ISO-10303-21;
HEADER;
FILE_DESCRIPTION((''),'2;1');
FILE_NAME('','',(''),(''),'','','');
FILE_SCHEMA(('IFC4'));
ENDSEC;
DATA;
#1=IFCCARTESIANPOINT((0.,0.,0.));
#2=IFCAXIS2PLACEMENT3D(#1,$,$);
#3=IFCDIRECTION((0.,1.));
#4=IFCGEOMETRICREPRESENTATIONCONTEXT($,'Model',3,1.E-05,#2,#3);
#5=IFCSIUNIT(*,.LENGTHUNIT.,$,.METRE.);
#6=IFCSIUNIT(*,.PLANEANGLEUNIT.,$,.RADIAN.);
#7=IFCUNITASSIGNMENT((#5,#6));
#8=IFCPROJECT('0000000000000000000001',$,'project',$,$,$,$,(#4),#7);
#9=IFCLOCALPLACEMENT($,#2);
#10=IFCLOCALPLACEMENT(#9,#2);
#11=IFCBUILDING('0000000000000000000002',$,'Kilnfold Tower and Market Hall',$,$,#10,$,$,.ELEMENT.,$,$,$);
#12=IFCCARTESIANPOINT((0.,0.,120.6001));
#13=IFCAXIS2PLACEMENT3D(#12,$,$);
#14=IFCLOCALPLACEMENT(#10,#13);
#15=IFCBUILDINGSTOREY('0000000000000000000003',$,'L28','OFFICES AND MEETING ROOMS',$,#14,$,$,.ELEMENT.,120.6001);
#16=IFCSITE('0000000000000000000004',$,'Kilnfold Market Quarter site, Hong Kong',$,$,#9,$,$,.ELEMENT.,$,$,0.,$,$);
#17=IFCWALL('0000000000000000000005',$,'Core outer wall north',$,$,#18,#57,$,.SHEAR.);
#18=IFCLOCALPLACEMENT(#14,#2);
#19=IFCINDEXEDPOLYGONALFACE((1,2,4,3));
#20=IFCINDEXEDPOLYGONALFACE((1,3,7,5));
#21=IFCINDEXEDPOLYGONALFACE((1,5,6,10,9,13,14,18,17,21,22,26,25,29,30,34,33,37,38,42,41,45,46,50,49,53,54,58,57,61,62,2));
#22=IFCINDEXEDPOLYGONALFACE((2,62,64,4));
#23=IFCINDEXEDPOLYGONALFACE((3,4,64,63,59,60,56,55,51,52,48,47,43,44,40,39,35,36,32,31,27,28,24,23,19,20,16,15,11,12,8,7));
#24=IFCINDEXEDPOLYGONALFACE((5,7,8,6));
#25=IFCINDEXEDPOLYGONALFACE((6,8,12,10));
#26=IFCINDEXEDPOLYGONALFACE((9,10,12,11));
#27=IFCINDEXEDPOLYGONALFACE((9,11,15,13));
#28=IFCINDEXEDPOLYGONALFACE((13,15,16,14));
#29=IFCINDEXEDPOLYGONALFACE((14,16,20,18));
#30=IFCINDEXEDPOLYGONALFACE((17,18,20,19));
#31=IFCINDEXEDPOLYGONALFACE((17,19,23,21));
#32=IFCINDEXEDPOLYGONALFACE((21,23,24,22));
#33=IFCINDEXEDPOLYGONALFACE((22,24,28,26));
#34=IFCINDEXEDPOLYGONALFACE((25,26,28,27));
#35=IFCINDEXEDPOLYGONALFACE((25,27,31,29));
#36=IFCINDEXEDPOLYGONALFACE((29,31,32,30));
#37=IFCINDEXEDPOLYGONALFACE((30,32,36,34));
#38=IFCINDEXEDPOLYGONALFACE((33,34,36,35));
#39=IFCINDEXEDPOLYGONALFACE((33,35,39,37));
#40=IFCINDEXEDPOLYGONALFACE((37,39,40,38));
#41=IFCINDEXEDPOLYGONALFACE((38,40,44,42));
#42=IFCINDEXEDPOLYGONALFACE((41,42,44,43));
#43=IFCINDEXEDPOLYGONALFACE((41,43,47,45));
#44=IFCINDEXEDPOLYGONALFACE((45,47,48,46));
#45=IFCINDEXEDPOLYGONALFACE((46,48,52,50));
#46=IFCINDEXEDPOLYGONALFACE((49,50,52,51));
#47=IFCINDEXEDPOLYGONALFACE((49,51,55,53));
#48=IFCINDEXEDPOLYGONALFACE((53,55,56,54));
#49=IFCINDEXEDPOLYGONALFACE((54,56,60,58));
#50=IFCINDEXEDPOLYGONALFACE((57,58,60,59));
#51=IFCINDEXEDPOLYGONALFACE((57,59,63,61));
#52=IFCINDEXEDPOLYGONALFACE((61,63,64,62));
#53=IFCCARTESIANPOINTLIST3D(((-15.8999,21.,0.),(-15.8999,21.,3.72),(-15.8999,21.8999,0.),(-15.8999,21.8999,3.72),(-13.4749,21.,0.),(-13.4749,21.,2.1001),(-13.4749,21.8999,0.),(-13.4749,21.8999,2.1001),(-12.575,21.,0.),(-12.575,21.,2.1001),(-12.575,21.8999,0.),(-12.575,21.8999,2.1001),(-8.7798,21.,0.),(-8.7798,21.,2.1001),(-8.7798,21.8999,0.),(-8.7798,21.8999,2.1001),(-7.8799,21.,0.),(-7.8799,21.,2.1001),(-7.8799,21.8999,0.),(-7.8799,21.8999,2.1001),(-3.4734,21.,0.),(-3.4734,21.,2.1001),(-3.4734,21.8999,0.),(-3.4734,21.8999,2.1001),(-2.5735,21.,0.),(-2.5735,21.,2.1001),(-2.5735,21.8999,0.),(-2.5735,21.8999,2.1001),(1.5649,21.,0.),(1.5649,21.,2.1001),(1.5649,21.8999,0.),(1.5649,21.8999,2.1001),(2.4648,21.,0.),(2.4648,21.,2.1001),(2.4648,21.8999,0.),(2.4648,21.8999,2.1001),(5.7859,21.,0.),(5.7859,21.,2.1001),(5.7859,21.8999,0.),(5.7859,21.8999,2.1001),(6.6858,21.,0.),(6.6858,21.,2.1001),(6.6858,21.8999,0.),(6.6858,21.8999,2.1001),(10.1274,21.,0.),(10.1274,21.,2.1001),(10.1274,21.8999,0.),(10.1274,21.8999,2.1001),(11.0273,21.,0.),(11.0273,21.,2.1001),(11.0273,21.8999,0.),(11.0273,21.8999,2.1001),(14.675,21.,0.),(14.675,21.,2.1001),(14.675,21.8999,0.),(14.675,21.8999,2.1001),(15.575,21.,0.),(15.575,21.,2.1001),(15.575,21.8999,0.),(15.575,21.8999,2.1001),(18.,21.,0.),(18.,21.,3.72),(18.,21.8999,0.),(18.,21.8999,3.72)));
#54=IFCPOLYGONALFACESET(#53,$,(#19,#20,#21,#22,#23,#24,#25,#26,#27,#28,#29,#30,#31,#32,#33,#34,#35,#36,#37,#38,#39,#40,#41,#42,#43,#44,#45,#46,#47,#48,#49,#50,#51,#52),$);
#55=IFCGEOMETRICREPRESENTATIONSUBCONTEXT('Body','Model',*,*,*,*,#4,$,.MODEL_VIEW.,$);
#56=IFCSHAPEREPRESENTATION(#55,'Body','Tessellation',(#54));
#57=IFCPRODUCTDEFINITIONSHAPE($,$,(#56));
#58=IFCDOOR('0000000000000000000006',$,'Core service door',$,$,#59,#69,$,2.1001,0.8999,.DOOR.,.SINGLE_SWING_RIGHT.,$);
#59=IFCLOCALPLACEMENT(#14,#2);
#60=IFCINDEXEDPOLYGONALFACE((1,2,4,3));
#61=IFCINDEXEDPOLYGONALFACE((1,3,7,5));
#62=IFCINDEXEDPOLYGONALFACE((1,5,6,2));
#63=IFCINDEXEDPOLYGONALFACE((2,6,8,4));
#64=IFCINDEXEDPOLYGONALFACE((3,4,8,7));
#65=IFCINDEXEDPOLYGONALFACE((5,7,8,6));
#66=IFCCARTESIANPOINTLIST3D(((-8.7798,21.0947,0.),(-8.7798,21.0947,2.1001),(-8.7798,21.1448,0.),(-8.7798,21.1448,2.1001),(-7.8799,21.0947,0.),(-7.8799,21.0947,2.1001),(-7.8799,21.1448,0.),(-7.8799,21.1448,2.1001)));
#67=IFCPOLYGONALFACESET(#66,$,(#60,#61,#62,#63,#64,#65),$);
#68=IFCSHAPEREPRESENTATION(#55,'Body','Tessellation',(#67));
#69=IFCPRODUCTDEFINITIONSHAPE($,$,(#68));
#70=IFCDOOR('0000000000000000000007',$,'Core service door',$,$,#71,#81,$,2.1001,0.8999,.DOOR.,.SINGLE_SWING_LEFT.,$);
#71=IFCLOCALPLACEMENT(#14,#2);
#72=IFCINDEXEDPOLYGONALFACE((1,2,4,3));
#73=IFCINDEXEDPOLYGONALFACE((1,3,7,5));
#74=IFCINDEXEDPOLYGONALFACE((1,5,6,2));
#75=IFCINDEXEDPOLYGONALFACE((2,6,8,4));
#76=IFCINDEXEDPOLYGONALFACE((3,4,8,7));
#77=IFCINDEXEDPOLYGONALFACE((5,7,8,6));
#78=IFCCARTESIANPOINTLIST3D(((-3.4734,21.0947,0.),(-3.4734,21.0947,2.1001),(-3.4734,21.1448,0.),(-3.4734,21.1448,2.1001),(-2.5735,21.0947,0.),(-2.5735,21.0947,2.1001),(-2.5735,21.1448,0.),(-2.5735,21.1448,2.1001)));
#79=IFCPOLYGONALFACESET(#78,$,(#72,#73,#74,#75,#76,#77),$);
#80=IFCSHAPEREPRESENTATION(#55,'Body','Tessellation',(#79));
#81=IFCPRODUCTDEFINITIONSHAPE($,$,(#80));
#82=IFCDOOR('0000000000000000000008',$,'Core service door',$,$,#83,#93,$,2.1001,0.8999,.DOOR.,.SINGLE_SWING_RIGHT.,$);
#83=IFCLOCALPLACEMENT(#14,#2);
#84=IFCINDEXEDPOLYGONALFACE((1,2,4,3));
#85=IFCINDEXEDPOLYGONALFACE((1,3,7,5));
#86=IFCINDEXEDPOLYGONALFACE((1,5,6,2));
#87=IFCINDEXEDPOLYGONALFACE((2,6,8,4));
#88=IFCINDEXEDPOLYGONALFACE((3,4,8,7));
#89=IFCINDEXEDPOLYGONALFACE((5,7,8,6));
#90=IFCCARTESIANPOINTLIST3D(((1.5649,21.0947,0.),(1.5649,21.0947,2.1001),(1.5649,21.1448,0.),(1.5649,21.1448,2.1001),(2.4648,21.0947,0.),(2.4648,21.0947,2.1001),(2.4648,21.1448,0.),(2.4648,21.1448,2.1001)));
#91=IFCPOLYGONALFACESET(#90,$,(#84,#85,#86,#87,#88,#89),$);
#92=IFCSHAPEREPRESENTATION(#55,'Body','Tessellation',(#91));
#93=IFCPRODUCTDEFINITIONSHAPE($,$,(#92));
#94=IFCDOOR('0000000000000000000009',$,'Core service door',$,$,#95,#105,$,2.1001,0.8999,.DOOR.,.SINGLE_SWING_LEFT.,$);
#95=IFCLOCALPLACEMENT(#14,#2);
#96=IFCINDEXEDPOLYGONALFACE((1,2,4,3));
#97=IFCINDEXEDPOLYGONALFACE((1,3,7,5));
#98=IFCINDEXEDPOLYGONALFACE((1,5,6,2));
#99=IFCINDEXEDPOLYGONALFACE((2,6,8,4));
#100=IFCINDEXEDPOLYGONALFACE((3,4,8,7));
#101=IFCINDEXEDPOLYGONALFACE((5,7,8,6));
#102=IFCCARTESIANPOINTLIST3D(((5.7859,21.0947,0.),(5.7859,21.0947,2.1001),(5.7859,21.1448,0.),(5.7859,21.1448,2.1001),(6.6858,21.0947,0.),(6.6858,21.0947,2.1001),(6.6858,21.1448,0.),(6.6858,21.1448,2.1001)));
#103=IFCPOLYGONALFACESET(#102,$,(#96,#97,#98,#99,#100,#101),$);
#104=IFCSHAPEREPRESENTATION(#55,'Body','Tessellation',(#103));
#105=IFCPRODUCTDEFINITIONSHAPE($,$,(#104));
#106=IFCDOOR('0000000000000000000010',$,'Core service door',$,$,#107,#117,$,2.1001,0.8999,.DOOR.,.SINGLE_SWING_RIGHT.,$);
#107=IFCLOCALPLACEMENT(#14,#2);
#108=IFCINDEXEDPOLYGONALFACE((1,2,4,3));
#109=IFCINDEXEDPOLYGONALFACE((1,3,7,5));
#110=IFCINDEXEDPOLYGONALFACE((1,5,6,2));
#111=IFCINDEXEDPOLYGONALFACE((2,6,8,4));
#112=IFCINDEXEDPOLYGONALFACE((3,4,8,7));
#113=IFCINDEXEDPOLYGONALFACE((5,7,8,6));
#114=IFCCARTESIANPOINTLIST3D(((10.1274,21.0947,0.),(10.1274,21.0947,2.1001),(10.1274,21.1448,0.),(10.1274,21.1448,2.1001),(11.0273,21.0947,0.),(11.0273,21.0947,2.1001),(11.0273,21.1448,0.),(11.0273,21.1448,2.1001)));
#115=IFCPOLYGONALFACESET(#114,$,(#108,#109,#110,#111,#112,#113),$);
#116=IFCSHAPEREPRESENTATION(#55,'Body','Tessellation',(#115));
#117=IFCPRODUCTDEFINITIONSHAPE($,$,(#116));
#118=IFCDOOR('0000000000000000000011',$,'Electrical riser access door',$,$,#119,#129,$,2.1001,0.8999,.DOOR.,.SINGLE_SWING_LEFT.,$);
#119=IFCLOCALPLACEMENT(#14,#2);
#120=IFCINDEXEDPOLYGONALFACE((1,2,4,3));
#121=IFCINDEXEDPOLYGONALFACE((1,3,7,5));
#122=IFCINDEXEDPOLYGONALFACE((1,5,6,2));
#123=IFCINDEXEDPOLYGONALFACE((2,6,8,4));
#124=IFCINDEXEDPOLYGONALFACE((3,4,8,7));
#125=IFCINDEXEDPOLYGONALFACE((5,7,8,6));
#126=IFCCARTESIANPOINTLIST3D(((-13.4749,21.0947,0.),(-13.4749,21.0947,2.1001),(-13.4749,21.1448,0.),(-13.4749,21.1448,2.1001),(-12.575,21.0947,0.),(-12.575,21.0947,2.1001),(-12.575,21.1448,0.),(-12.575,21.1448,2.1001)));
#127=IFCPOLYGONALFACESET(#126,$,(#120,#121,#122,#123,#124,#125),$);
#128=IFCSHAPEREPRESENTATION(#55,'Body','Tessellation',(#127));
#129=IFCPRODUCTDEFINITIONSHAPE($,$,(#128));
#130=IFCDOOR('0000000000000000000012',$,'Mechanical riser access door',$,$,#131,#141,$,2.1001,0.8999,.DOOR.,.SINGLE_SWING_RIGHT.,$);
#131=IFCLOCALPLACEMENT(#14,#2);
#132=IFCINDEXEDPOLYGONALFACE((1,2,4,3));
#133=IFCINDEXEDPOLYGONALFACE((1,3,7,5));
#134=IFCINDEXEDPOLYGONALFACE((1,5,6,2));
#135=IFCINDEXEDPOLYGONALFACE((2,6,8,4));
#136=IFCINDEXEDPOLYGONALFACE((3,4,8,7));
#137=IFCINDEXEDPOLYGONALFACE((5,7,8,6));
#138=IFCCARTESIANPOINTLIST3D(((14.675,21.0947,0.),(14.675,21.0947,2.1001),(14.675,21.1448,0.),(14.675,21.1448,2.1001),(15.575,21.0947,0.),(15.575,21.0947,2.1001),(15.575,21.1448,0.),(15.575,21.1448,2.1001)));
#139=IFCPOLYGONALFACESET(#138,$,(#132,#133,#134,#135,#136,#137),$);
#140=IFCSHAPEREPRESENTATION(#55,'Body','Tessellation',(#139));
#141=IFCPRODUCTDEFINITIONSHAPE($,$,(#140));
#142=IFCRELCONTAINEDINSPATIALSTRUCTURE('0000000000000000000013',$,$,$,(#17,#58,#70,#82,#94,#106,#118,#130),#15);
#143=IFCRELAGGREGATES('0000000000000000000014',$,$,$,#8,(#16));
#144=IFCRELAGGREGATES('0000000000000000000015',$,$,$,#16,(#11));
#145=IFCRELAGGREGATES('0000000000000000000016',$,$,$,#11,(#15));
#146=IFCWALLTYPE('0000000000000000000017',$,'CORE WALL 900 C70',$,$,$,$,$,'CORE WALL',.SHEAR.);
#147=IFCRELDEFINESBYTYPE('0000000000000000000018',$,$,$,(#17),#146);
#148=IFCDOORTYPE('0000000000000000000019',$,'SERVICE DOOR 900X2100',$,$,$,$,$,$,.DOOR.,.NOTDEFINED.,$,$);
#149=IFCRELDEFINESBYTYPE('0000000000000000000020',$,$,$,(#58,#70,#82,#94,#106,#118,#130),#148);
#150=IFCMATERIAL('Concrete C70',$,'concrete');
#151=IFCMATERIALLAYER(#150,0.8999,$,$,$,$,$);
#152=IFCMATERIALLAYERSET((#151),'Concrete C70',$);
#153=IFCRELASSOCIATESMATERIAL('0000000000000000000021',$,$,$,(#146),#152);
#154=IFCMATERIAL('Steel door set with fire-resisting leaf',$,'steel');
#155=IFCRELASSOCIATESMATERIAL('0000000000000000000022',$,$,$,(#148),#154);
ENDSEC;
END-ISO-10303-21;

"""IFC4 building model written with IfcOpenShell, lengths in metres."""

from ifc_helpers import new_model, si_unit, direction, frame, frame_2d, origin, place, context, subcontext, project, spatial, rectangle, extrude, source, transform, mapped, material, layer, layer_set, type_object, element, fill, save


model = new_model("IFC4")

# Units and contexts
model_context = context("Model", 3, precision=1e-05, world=origin(), true_north=direction((0.0, 1.0)))
body_context = subcontext(model_context, "Body", "Model", "MODEL_VIEW")
ifc_project = project(units=[si_unit("LENGTHUNIT", "METRE"), si_unit("PLANEANGLEUNIT", "RADIAN")], contexts=[model_context])

# Site, building, storey
site_placement = place(None, origin())
site = spatial("IfcSite", under=ifc_project, at=site_placement, Name="Kilnfold Market Quarter site, Hong Kong", CompositionType="ELEMENT", RefElevation=0.0)
building_placement = place(site_placement, origin())
building = spatial("IfcBuilding", under=site, at=building_placement, Name="Kilnfold Tower and Market Hall", CompositionType="ELEMENT")
storey_placement = place(building_placement, frame((0.0, 0.0, 120.6001)))
storey = spatial("IfcBuildingStorey", under=building, at=storey_placement, Name="L28", Description="OFFICES AND MEETING ROOMS", CompositionType="ELEMENT", Elevation=120.6001)

# Wall, openings, doors
ifc_material_1 = material(Name="Concrete C70", Category="concrete")
ifc_layer_1 = layer(ifc_material_1, 0.8999)
ifc_layer_set_1 = layer_set([ifc_layer_1], Name="Concrete C70")
wall_type_1 = type_object("IfcWallType", Name="CORE WALL 900 C70", ElementType="CORE WALL", PredefinedType="SHEAR", material=ifc_layer_set_1)
shared_shape_1 = source(origin(), body_context, "Body", "SweptSolid", [
    extrude(rectangle(XDim=33.8999, YDim=0.8999, at=frame_2d((16.95, 0.0))), origin(), (0.0, 0.0, 1.0), 3.72),
])
wall_1_placement = place(storey_placement, frame((-15.8999, 21.45, 0.0), z_axis=(0.0, 0.0, 1.0), x_axis=(1.0, 0.0, 0.0)))
wall_1 = element("IfcWall", 1, at=wall_1_placement, inside=storey, type_object=wall_type_1, Name="Core outer wall north", PredefinedType="SHEAR", context=body_context, shape_type="MappedRepresentation", body=[
    mapped(shared_shape_1, transform((0.0, 0.0, 0.0))),
])
opening_1_placement = place(wall_1_placement, frame((7.1201, 0.0, 0.0)))
opening_1 = element("IfcOpeningElement", 2, at=opening_1_placement, cuts=wall_1, PredefinedType="OPENING", context=body_context, shape_type="SweptSolid", body=[
    extrude(rectangle(XDim=0.8999, YDim=2.1001, at=frame_2d((0.45, 1.05))), frame((0.0, 0.46, 0.0), z_axis=(0.0, -1.0, 0.0), x_axis=(1.0, 0.0, 0.0)), (0.0, 0.0, 1.0), 0.9199),
])
opening_2_placement = place(wall_1_placement, frame((12.4265, 0.0, 0.0)))
opening_2 = element("IfcOpeningElement", 3, at=opening_2_placement, cuts=wall_1, PredefinedType="OPENING", context=body_context, shape_type="SweptSolid", body=[
    extrude(rectangle(XDim=0.8999, YDim=2.1001, at=frame_2d((0.45, 1.05))), frame((0.0, 0.46, 0.0), z_axis=(0.0, -1.0, 0.0), x_axis=(1.0, 0.0, 0.0)), (0.0, 0.0, 1.0), 0.9199),
])
opening_3_placement = place(wall_1_placement, frame((17.4648, 0.0, 0.0)))
opening_3 = element("IfcOpeningElement", 4, at=opening_3_placement, cuts=wall_1, PredefinedType="OPENING", context=body_context, shape_type="SweptSolid", body=[
    extrude(rectangle(XDim=0.8999, YDim=2.1001, at=frame_2d((0.45, 1.05))), frame((0.0, 0.46, 0.0), z_axis=(0.0, -1.0, 0.0), x_axis=(1.0, 0.0, 0.0)), (0.0, 0.0, 1.0), 0.9199),
])
opening_4_placement = place(wall_1_placement, frame((21.6858, 0.0, 0.0)))
opening_4 = element("IfcOpeningElement", 5, at=opening_4_placement, cuts=wall_1, PredefinedType="OPENING", context=body_context, shape_type="SweptSolid", body=[
    extrude(rectangle(XDim=0.8999, YDim=2.1001, at=frame_2d((0.45, 1.05))), frame((0.0, 0.46, 0.0), z_axis=(0.0, -1.0, 0.0), x_axis=(1.0, 0.0, 0.0)), (0.0, 0.0, 1.0), 0.9199),
])
opening_5_placement = place(wall_1_placement, frame((26.0273, 0.0, 0.0)))
opening_5 = element("IfcOpeningElement", 6, at=opening_5_placement, cuts=wall_1, PredefinedType="OPENING", context=body_context, shape_type="SweptSolid", body=[
    extrude(rectangle(XDim=0.8999, YDim=2.1001, at=frame_2d((0.45, 1.05))), frame((0.0, 0.46, 0.0), z_axis=(0.0, -1.0, 0.0), x_axis=(1.0, 0.0, 0.0)), (0.0, 0.0, 1.0), 0.9199),
])
opening_6_placement = place(wall_1_placement, frame((2.425, 0.0, 0.0)))
opening_6 = element("IfcOpeningElement", 7, at=opening_6_placement, cuts=wall_1, PredefinedType="OPENING", context=body_context, shape_type="SweptSolid", body=[
    extrude(rectangle(XDim=0.8999, YDim=2.1001, at=frame_2d((0.45, 1.05))), frame((0.0, 0.46, 0.0), z_axis=(0.0, -1.0, 0.0), x_axis=(1.0, 0.0, 0.0)), (0.0, 0.0, 1.0), 0.9199),
])
opening_7_placement = place(wall_1_placement, frame((30.575, 0.0, 0.0)))
opening_7 = element("IfcOpeningElement", 8, at=opening_7_placement, cuts=wall_1, PredefinedType="OPENING", context=body_context, shape_type="SweptSolid", body=[
    extrude(rectangle(XDim=0.8999, YDim=2.1001, at=frame_2d((0.45, 1.05))), frame((0.0, 0.46, 0.0), z_axis=(0.0, -1.0, 0.0), x_axis=(1.0, 0.0, 0.0)), (0.0, 0.0, 1.0), 0.9199),
])
ifc_material_2 = material(Name="Steel door set with fire-resisting leaf", Category="steel")
door_type_1 = type_object("IfcDoorType", Name="SERVICE DOOR 900X2100", OperationType="NOTDEFINED", PredefinedType="DOOR", material=ifc_material_2)
door_1_placement = place(opening_1_placement, origin())
door_1 = element("IfcDoor", 9, at=door_1_placement, inside=storey, type_object=door_type_1, Name="Core service door", OperationType="SINGLE_SWING_RIGHT", OverallHeight=2.1001, OverallWidth=0.8999, PredefinedType="DOOR", context=body_context, shape_type="SweptSolid", body=[
    extrude(rectangle(XDim=0.8999, YDim=2.1001, at=frame_2d((0.45, 1.05))), frame((0.0, -0.3052, 0.0), z_axis=(0.0, -1.0, 0.0), x_axis=(1.0, 0.0, 0.0)), (0.0, 0.0, 1.0), 0.05),
])
fill(opening_1, door_1)
door_2_placement = place(opening_2_placement, origin())
door_2 = element("IfcDoor", 10, at=door_2_placement, inside=storey, type_object=door_type_1, Name="Core service door", OperationType="SINGLE_SWING_LEFT", OverallHeight=2.1001, OverallWidth=0.8999, PredefinedType="DOOR", context=body_context, shape_type="SweptSolid", body=[
    extrude(rectangle(XDim=0.8999, YDim=2.1001, at=frame_2d((0.45, 1.05))), frame((0.0, -0.3052, 0.0), z_axis=(0.0, -1.0, 0.0), x_axis=(1.0, 0.0, 0.0)), (0.0, 0.0, 1.0), 0.05),
])
fill(opening_2, door_2)
door_3_placement = place(opening_3_placement, origin())
door_3 = element("IfcDoor", 11, at=door_3_placement, inside=storey, type_object=door_type_1, Name="Core service door", OperationType="SINGLE_SWING_RIGHT", OverallHeight=2.1001, OverallWidth=0.8999, PredefinedType="DOOR", context=body_context, shape_type="SweptSolid", body=[
    extrude(rectangle(XDim=0.8999, YDim=2.1001, at=frame_2d((0.45, 1.05))), frame((0.0, -0.3052, 0.0), z_axis=(0.0, -1.0, 0.0), x_axis=(1.0, 0.0, 0.0)), (0.0, 0.0, 1.0), 0.05),
])
fill(opening_3, door_3)
door_4_placement = place(opening_4_placement, origin())
door_4 = element("IfcDoor", 12, at=door_4_placement, inside=storey, type_object=door_type_1, Name="Core service door", OperationType="SINGLE_SWING_LEFT", OverallHeight=2.1001, OverallWidth=0.8999, PredefinedType="DOOR", context=body_context, shape_type="SweptSolid", body=[
    extrude(rectangle(XDim=0.8999, YDim=2.1001, at=frame_2d((0.45, 1.05))), frame((0.0, -0.3052, 0.0), z_axis=(0.0, -1.0, 0.0), x_axis=(1.0, 0.0, 0.0)), (0.0, 0.0, 1.0), 0.05),
])
fill(opening_4, door_4)
door_5_placement = place(opening_5_placement, origin())
door_5 = element("IfcDoor", 13, at=door_5_placement, inside=storey, type_object=door_type_1, Name="Core service door", OperationType="SINGLE_SWING_RIGHT", OverallHeight=2.1001, OverallWidth=0.8999, PredefinedType="DOOR", context=body_context, shape_type="SweptSolid", body=[
    extrude(rectangle(XDim=0.8999, YDim=2.1001, at=frame_2d((0.45, 1.05))), frame((0.0, -0.3052, 0.0), z_axis=(0.0, -1.0, 0.0), x_axis=(1.0, 0.0, 0.0)), (0.0, 0.0, 1.0), 0.05),
])
fill(opening_5, door_5)
door_6_placement = place(opening_6_placement, origin())
door_6 = element("IfcDoor", 14, at=door_6_placement, inside=storey, type_object=door_type_1, Name="Electrical riser access door", OperationType="SINGLE_SWING_LEFT", OverallHeight=2.1001, OverallWidth=0.8999, PredefinedType="DOOR", context=body_context, shape_type="SweptSolid", body=[
    extrude(rectangle(XDim=0.8999, YDim=2.1001, at=frame_2d((0.45, 1.05))), frame((0.0, -0.3052, 0.0), z_axis=(0.0, -1.0, 0.0), x_axis=(1.0, 0.0, 0.0)), (0.0, 0.0, 1.0), 0.05),
])
fill(opening_6, door_6)
door_7_placement = place(opening_7_placement, origin())
door_7 = element("IfcDoor", 15, at=door_7_placement, inside=storey, type_object=door_type_1, Name="Mechanical riser access door", OperationType="SINGLE_SWING_RIGHT", OverallHeight=2.1001, OverallWidth=0.8999, PredefinedType="DOOR", context=body_context, shape_type="SweptSolid", body=[
    extrude(rectangle(XDim=0.8999, YDim=2.1001, at=frame_2d((0.45, 1.05))), frame((0.0, -0.3052, 0.0), z_axis=(0.0, -1.0, 0.0), x_axis=(1.0, 0.0, 0.0)), (0.0, 0.0, 1.0), 0.05),
])
fill(opening_7, door_7)

save(model, "model.ifc")
